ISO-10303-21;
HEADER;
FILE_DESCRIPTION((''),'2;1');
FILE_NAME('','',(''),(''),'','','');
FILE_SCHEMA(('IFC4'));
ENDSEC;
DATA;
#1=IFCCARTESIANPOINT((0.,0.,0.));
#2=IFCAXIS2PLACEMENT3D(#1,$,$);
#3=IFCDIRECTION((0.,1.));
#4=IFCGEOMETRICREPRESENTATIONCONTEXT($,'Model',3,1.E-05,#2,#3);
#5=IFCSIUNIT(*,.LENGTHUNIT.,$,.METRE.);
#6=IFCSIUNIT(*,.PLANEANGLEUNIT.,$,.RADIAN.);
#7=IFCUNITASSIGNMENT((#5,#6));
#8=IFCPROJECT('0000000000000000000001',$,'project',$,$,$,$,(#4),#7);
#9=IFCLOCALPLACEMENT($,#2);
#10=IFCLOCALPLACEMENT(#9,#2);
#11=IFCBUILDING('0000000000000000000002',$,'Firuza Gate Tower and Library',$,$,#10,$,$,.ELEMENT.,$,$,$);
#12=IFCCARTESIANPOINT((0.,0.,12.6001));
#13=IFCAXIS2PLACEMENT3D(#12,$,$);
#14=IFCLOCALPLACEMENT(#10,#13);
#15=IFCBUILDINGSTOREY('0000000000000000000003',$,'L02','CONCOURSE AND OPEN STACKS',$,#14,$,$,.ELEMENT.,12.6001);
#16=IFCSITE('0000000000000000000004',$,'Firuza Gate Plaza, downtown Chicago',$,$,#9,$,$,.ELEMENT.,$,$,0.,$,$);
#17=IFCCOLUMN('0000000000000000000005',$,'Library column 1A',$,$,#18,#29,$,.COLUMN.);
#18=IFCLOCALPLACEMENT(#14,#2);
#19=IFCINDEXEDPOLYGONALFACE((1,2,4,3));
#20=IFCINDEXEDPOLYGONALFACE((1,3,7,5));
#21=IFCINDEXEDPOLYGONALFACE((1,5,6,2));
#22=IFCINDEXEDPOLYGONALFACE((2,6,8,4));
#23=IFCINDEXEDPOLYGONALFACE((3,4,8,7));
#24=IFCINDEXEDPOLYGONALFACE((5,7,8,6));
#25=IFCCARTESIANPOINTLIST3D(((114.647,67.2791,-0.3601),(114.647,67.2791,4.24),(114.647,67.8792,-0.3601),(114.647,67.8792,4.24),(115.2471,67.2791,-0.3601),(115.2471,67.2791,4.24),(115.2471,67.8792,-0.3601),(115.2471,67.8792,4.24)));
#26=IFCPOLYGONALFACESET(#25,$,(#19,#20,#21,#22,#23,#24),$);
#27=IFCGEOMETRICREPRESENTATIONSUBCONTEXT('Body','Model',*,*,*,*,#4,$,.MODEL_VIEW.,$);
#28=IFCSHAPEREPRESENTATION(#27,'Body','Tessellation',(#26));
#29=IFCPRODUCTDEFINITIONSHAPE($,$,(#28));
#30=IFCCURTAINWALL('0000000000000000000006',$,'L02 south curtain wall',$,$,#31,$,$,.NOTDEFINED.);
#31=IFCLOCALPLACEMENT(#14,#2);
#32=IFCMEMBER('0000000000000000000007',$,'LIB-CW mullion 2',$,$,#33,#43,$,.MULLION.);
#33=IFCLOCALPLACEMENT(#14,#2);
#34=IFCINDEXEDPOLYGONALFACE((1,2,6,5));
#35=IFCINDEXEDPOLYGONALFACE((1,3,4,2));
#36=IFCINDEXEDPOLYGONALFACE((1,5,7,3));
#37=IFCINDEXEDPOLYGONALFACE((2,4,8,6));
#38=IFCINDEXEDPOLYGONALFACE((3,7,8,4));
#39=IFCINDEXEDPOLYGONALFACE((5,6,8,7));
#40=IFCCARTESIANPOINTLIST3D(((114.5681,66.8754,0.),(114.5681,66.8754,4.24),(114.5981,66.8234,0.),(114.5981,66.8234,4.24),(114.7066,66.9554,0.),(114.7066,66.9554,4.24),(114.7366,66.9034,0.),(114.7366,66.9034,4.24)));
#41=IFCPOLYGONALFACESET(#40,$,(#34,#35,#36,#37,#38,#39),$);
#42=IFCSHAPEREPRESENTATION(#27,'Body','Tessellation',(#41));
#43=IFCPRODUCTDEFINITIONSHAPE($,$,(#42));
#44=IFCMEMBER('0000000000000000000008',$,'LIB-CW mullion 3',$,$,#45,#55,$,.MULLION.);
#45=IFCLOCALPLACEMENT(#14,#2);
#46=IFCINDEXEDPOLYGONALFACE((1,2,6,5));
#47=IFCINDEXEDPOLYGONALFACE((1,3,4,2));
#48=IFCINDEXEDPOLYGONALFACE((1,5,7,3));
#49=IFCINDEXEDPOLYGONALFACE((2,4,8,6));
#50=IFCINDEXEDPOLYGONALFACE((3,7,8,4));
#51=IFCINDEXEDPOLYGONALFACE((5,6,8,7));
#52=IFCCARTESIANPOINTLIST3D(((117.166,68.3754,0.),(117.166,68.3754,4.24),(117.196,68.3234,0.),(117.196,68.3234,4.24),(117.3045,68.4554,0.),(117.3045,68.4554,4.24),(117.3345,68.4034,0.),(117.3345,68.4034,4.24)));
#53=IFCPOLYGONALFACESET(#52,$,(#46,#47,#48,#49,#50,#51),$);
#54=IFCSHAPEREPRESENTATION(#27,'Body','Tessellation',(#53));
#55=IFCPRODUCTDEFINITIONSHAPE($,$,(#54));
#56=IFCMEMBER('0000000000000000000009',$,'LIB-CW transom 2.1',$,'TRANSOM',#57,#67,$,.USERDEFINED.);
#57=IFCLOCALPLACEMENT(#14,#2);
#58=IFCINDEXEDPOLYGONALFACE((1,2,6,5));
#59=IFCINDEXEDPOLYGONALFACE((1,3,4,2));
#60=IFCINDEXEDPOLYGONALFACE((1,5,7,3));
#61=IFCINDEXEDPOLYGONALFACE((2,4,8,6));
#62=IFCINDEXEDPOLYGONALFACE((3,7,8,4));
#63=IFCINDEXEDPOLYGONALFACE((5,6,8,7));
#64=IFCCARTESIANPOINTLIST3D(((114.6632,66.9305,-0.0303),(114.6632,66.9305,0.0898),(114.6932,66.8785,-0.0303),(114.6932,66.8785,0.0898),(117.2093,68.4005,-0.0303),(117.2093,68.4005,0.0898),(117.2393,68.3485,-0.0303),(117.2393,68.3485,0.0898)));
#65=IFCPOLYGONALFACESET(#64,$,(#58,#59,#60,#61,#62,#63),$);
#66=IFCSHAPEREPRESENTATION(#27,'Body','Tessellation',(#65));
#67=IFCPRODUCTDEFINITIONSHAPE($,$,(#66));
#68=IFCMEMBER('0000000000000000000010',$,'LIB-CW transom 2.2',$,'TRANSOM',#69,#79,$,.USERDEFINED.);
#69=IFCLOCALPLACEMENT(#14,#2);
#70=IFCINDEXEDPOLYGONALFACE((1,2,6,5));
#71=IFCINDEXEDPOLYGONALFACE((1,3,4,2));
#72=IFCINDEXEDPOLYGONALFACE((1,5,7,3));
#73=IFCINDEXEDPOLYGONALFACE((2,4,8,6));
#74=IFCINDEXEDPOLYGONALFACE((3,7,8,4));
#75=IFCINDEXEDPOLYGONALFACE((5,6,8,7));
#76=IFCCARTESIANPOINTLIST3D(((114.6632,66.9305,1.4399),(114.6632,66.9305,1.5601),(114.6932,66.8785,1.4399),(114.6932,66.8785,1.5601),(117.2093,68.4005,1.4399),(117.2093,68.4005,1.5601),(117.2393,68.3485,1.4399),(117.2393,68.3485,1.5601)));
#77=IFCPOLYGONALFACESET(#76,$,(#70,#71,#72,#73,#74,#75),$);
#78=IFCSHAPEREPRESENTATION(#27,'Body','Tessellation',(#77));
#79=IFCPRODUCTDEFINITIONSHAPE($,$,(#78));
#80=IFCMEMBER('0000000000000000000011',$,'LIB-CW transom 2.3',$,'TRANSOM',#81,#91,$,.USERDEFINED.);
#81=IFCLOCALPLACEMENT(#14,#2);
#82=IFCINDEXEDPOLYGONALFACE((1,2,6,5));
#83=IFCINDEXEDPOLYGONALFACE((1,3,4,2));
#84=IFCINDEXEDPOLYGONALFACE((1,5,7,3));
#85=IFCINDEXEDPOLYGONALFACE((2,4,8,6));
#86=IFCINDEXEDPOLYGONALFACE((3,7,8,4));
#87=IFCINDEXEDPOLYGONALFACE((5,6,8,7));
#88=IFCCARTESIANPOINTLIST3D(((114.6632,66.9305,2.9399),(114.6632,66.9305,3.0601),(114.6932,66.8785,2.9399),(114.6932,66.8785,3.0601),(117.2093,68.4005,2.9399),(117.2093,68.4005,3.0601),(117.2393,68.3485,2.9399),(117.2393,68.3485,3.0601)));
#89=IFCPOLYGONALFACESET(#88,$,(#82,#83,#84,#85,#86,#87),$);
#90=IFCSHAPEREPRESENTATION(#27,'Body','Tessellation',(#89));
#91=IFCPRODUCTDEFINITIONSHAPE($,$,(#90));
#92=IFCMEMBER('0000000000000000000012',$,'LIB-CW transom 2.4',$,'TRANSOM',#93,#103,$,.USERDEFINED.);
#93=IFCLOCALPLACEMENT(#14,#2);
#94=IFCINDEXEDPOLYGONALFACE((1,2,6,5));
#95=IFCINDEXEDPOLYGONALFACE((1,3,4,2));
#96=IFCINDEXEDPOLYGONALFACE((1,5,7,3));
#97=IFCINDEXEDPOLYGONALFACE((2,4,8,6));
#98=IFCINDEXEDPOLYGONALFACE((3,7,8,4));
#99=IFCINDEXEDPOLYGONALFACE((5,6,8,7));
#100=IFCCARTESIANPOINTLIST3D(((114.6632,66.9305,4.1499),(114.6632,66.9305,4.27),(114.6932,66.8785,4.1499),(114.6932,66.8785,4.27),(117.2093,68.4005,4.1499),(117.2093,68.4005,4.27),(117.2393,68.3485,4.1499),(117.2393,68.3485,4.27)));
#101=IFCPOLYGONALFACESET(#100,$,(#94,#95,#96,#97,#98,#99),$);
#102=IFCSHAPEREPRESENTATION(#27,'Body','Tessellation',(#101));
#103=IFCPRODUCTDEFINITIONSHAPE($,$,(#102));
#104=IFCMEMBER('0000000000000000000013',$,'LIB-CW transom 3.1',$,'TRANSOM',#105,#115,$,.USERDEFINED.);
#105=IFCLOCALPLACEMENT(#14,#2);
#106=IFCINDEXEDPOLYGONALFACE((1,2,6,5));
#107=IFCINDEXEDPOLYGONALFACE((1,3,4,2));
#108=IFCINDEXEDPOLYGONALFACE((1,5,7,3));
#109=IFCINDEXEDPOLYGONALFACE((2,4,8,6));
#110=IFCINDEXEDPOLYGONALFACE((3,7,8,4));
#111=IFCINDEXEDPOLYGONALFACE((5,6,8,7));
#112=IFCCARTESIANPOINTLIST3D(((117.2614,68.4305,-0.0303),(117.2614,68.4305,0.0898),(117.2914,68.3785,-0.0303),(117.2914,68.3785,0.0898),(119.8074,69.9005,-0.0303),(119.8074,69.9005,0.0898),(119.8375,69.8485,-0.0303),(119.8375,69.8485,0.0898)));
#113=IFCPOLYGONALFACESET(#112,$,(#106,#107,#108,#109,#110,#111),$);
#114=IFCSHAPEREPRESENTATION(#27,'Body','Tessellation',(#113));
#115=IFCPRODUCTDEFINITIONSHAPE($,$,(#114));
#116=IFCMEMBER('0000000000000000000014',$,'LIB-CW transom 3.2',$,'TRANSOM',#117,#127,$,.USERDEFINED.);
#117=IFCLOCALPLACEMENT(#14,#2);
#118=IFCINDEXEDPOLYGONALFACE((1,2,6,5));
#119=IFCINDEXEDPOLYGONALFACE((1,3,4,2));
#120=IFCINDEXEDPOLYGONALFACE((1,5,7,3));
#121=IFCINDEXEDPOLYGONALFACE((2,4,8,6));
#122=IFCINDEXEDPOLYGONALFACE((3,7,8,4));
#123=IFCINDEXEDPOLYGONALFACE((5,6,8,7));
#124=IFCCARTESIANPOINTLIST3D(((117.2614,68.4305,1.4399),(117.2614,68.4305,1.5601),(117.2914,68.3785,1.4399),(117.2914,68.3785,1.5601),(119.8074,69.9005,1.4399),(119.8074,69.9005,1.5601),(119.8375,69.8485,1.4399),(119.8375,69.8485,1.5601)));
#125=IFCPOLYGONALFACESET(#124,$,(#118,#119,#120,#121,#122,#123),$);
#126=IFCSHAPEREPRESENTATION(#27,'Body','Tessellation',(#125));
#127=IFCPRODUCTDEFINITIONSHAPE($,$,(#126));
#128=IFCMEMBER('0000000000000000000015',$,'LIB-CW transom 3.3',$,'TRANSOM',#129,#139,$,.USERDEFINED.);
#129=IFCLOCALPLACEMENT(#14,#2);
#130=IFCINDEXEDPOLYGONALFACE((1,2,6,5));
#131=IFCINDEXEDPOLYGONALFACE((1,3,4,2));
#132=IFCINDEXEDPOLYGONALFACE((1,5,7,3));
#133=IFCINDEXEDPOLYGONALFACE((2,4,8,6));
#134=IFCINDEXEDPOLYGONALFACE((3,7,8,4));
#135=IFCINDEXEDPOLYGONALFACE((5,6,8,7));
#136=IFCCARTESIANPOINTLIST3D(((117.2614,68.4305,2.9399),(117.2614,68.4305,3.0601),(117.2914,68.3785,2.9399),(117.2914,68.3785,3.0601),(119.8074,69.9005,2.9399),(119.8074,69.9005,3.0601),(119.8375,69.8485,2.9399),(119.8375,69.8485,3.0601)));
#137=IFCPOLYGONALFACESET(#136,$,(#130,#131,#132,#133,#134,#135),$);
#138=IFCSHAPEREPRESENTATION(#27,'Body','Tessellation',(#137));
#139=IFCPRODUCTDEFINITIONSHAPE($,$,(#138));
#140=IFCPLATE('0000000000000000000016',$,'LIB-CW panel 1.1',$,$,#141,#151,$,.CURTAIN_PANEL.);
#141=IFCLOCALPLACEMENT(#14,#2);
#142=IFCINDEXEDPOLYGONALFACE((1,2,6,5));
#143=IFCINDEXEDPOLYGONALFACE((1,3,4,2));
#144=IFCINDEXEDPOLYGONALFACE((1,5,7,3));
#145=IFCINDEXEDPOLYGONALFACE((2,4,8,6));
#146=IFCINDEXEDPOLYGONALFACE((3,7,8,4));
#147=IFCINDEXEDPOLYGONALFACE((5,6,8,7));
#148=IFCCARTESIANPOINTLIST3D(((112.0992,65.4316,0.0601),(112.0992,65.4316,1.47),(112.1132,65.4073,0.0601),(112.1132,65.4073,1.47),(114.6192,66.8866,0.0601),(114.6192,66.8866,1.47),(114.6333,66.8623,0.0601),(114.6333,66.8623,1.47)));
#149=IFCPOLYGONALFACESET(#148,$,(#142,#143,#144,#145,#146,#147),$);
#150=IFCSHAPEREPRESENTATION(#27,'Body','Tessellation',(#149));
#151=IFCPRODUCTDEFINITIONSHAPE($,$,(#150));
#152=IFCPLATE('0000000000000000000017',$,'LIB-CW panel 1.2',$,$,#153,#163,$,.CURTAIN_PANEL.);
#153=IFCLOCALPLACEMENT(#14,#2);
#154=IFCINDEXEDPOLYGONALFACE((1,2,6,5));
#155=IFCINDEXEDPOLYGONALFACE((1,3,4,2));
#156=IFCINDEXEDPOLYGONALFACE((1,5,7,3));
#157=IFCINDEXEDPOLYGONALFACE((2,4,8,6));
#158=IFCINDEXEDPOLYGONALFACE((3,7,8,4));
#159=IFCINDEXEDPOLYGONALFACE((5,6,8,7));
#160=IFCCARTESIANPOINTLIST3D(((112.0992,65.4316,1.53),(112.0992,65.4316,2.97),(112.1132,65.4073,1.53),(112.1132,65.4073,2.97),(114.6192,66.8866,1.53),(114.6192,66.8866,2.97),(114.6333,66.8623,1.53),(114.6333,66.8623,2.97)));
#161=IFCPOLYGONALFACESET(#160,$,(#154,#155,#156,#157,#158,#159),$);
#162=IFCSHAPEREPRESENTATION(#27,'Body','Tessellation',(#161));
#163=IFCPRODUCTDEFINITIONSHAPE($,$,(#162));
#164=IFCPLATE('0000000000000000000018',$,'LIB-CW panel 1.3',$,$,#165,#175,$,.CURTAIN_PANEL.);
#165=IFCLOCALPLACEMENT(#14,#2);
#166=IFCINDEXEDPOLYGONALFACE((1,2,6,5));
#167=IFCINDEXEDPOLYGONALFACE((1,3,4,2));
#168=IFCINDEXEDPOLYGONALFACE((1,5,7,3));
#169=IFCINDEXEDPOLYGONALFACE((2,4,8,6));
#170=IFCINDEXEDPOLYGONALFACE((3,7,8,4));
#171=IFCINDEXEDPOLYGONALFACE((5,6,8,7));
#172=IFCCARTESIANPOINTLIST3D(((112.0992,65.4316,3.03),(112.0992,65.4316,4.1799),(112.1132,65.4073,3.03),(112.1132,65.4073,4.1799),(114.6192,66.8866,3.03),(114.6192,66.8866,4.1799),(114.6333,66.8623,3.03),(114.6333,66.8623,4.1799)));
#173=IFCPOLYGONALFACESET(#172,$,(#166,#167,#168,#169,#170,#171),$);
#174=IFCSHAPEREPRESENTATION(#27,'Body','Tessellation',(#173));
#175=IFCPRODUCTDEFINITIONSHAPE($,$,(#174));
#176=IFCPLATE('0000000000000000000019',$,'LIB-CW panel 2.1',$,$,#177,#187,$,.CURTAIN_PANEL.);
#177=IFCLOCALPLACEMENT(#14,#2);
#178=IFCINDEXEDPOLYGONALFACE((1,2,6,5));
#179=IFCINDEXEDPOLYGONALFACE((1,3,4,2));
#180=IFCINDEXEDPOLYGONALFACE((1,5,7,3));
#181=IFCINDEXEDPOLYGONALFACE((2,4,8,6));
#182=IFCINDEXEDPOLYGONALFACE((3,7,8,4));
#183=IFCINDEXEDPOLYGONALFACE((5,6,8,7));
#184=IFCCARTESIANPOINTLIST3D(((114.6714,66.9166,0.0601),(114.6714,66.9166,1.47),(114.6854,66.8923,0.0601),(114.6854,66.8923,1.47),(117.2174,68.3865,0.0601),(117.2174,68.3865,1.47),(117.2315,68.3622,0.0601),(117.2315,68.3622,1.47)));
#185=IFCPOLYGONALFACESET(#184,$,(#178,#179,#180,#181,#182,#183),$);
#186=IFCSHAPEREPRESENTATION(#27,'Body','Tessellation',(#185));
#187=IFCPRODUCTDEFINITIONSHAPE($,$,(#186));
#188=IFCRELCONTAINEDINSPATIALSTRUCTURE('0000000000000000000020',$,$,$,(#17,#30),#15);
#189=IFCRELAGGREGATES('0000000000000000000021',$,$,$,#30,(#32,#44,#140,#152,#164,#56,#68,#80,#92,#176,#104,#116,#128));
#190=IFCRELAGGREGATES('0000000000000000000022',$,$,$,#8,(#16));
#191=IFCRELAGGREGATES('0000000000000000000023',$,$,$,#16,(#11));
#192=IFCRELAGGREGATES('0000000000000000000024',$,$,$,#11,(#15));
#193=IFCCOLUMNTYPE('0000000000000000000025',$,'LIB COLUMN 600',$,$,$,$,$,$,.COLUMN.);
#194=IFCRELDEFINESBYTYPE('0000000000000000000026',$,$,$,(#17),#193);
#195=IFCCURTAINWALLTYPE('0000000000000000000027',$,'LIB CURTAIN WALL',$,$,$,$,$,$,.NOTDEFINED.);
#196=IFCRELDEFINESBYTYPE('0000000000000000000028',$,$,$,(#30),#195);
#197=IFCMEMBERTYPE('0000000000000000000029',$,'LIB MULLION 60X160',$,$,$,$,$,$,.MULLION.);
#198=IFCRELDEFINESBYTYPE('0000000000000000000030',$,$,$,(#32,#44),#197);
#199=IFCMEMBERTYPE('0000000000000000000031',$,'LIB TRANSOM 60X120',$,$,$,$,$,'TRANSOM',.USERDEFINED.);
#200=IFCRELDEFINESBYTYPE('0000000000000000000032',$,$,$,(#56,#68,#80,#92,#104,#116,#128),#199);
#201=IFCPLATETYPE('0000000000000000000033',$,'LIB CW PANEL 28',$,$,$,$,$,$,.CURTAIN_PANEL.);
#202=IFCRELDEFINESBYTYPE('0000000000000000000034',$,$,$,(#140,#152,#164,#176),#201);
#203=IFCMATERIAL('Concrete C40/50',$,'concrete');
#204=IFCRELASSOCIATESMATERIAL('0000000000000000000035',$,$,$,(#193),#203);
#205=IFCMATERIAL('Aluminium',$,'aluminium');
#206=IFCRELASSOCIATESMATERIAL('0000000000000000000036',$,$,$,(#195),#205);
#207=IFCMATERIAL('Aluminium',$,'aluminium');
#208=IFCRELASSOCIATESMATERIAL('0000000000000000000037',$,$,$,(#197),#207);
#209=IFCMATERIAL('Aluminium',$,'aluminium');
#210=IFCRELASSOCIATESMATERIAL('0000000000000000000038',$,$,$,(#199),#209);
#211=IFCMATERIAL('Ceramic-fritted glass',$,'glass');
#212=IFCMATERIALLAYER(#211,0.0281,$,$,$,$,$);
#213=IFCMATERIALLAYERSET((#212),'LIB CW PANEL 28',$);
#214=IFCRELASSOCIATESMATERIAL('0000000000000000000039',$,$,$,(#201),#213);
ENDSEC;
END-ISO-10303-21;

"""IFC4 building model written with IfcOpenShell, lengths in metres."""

from ifc_helpers import new_model, si_unit, direction, frame, origin, origin_2d, place, context, subcontext, project, spatial, rectangle, extrude, material, layer, layer_set, material_profile, profile_set, type_object, element, aggregate, save


model = new_model("IFC4")

# Units and contexts
model_context = context("Model", 3, precision=1e-05, world=origin(), true_north=direction((0.0, 1.0)))
body_context = subcontext(model_context, "Body", "Model", "MODEL_VIEW")
ifc_project = project(units=[si_unit("LENGTHUNIT", "METRE"), si_unit("PLANEANGLEUNIT", "RADIAN")], contexts=[model_context])

# Site, building, storey
site_placement = place(None, origin())
site = spatial("IfcSite", under=ifc_project, at=site_placement, Name="Firuza Gate Plaza, downtown Chicago", CompositionType="ELEMENT", RefElevation=0.0)
building_placement = place(site_placement, origin())
building = spatial("IfcBuilding", under=site, at=building_placement, Name="Firuza Gate Tower and Library", CompositionType="ELEMENT")
storey_placement = place(building_placement, frame((0.0, 0.0, 12.6001)))
storey = spatial("IfcBuildingStorey", under=building, at=storey_placement, Name="L02", Description="CONCOURSE AND OPEN STACKS", CompositionType="ELEMENT", Elevation=12.6001)

# Column
ifc_material_1 = material(Name="Concrete C40/50", Category="concrete")
ifc_material_profile_1 = material_profile(ifc_material_1, rectangle(XDim=0.6001, YDim=0.6001, at=origin_2d()))
ifc_profile_set_1 = profile_set([ifc_material_profile_1], Name="Concrete C40/50")
column_type = type_object("IfcColumnType", Name="LIB COLUMN 600", PredefinedType="COLUMN", material=ifc_profile_set_1)
column_placement = place(storey_placement, frame((114.947, 67.5791, -0.3601), z_axis=(0.0, 0.0, 1.0), x_axis=(1.0, 0.0, 0.0)))
element("IfcColumn", 1, at=column_placement, inside=storey, type_object=column_type, Name="Library column 1A", PredefinedType="COLUMN", context=body_context, shape_type="SweptSolid", body=[
    extrude(rectangle(XDim=0.6001, YDim=0.6001, at=origin_2d()), origin(), (0.0, 0.0, 1.0), 4.6001),
])

# Curtain wall, members, plates
ifc_material_2 = material(Name="Aluminium", Category="aluminium")
curtain_wall_type = type_object("IfcCurtainWallType", Name="LIB CURTAIN WALL", PredefinedType="NOTDEFINED", material=ifc_material_2)
curtain_wall_placement = place(storey_placement, origin())
curtain_wall = element("IfcCurtainWall", 2, at=curtain_wall_placement, inside=storey, type_object=curtain_wall_type, Name="L02 south curtain wall", PredefinedType="NOTDEFINED")
ifc_material_3 = material(Name="Aluminium", Category="aluminium")
ifc_material_profile_2 = material_profile(ifc_material_3, rectangle(XDim=0.0601, YDim=0.1599, at=origin_2d()))
ifc_profile_set_2 = profile_set([ifc_material_profile_2], Name="Aluminium")
member_type_1 = type_object("IfcMemberType", Name="LIB MULLION 60X160", PredefinedType="MULLION", material=ifc_profile_set_2)
member_1_placement = place(storey_placement, frame((114.6523, 66.8894, 0.0), z_axis=(0.0, 0.0, 1.0), x_axis=(-0.500001, 0.866025, 0.0)))
member_1 = element("IfcMember", 3, at=member_1_placement, type_object=member_type_1, Name="LIB-CW mullion 2", PredefinedType="MULLION", context=body_context, shape_type="SweptSolid", body=[
    extrude(rectangle(XDim=0.0601, YDim=0.1599, at=origin_2d()), origin(), (0.0, 0.0, 1.0), 4.24),
])
member_2_placement = place(storey_placement, frame((117.2502, 68.3894, 0.0), z_axis=(0.0, 0.0, 1.0), x_axis=(-0.500001, 0.866025, 0.0)))
member_2 = element("IfcMember", 4, at=member_2_placement, type_object=member_type_1, Name="LIB-CW mullion 3", PredefinedType="MULLION", context=body_context, shape_type="SweptSolid", body=[
    extrude(rectangle(XDim=0.0601, YDim=0.1599, at=origin_2d()), origin(), (0.0, 0.0, 1.0), 4.24),
])
ifc_material_4 = material(Name="Aluminium", Category="aluminium")
ifc_material_profile_3 = material_profile(ifc_material_4, rectangle(XDim=0.0601, YDim=0.1201, at=origin_2d()))
ifc_profile_set_3 = profile_set([ifc_material_profile_3], Name="Aluminium")
member_type_2 = type_object("IfcMemberType", Name="LIB TRANSOM 60X120", ElementType="TRANSOM", PredefinedType="USERDEFINED", material=ifc_profile_set_3)
member_3_placement = place(storey_placement, frame((114.6782, 66.9045, 0.0298), z_axis=(0.866032, 0.499988, 0.0), x_axis=(-0.499988, 0.866032, 0.0)))
member_3 = element("IfcMember", 5, at=member_3_placement, type_object=member_type_2, Name="LIB-CW transom 2.1", ObjectType="TRANSOM", PredefinedType="USERDEFINED", context=body_context, shape_type="SweptSolid", body=[
    extrude(rectangle(XDim=0.0601, YDim=0.1201, at=origin_2d()), origin(), (0.0, 0.0, 1.0), 2.9399),
])
member_4_placement = place(storey_placement, frame((114.6782, 66.9045, 1.5), z_axis=(0.866032, 0.499988, 0.0), x_axis=(-0.499988, 0.866032, 0.0)))
member_4 = element("IfcMember", 6, at=member_4_placement, type_object=member_type_2, Name="LIB-CW transom 2.2", ObjectType="TRANSOM", PredefinedType="USERDEFINED", context=body_context, shape_type="SweptSolid", body=[
    extrude(rectangle(XDim=0.0601, YDim=0.1201, at=origin_2d()), origin(), (0.0, 0.0, 1.0), 2.9399),
])
member_5_placement = place(storey_placement, frame((114.6782, 66.9045, 3.0), z_axis=(0.866032, 0.499988, 0.0), x_axis=(-0.499988, 0.866032, 0.0)))
member_5 = element("IfcMember", 7, at=member_5_placement, type_object=member_type_2, Name="LIB-CW transom 2.3", ObjectType="TRANSOM", PredefinedType="USERDEFINED", context=body_context, shape_type="SweptSolid", body=[
    extrude(rectangle(XDim=0.0601, YDim=0.1201, at=origin_2d()), origin(), (0.0, 0.0, 1.0), 2.9399),
])
member_6_placement = place(storey_placement, frame((114.6782, 66.9045, 4.21), z_axis=(0.866032, 0.499988, 0.0), x_axis=(-0.499988, 0.866032, 0.0)))
member_6 = element("IfcMember", 8, at=member_6_placement, type_object=member_type_2, Name="LIB-CW transom 2.4", ObjectType="TRANSOM", PredefinedType="USERDEFINED", context=body_context, shape_type="SweptSolid", body=[
    extrude(rectangle(XDim=0.0601, YDim=0.1201, at=origin_2d()), origin(), (0.0, 0.0, 1.0), 2.9399),
])
member_7_placement = place(storey_placement, frame((117.2764, 68.4045, 0.0298), z_axis=(0.866032, 0.499988, 0.0), x_axis=(-0.499988, 0.866032, 0.0)))
member_7 = element("IfcMember", 9, at=member_7_placement, type_object=member_type_2, Name="LIB-CW transom 3.1", ObjectType="TRANSOM", PredefinedType="USERDEFINED", context=body_context, shape_type="SweptSolid", body=[
    extrude(rectangle(XDim=0.0601, YDim=0.1201, at=origin_2d()), origin(), (0.0, 0.0, 1.0), 2.9399),
])
member_8_placement = place(storey_placement, frame((117.2764, 68.4045, 1.5), z_axis=(0.866032, 0.499988, 0.0), x_axis=(-0.499988, 0.866032, 0.0)))
member_8 = element("IfcMember", 10, at=member_8_placement, type_object=member_type_2, Name="LIB-CW transom 3.2", ObjectType="TRANSOM", PredefinedType="USERDEFINED", context=body_context, shape_type="SweptSolid", body=[
    extrude(rectangle(XDim=0.0601, YDim=0.1201, at=origin_2d()), origin(), (0.0, 0.0, 1.0), 2.9399),
])
member_9_placement = place(storey_placement, frame((117.2764, 68.4045, 3.0), z_axis=(0.866032, 0.499988, 0.0), x_axis=(-0.499988, 0.866032, 0.0)))
member_9 = element("IfcMember", 11, at=member_9_placement, type_object=member_type_2, Name="LIB-CW transom 3.3", ObjectType="TRANSOM", PredefinedType="USERDEFINED", context=body_context, shape_type="SweptSolid", body=[
    extrude(rectangle(XDim=0.0601, YDim=0.1201, at=origin_2d()), origin(), (0.0, 0.0, 1.0), 2.9399),
])
ifc_material_5 = material(Name="Ceramic-fritted glass", Category="glass")
ifc_layer_1 = layer(ifc_material_5, 0.0281)
ifc_layer_set_1 = layer_set([ifc_layer_1], Name="LIB CW PANEL 28")
plate_type = type_object("IfcPlateType", Name="LIB CW PANEL 28", PredefinedType="CURTAIN_PANEL", material=ifc_layer_set_1)
plate_1_placement = place(storey_placement, frame((113.3662, 66.147, 0.0601), z_axis=(0.0, 0.0, 1.0), x_axis=(0.866025, 0.500001, 0.0)))
plate_1 = element("IfcPlate", 12, at=plate_1_placement, type_object=plate_type, Name="LIB-CW panel 1.1", PredefinedType="CURTAIN_PANEL", context=body_context, shape_type="SweptSolid", body=[
    extrude(rectangle(XDim=2.9099, YDim=0.0281, at=origin_2d()), origin(), (0.0, 0.0, 1.0), 1.4099),
])
plate_2_placement = place(storey_placement, frame((113.3662, 66.147, 1.53), z_axis=(0.0, 0.0, 1.0), x_axis=(0.866025, 0.500001, 0.0)))
plate_2 = element("IfcPlate", 13, at=plate_2_placement, type_object=plate_type, Name="LIB-CW panel 1.2", PredefinedType="CURTAIN_PANEL", context=body_context, shape_type="SweptSolid", body=[
    extrude(rectangle(XDim=2.9099, YDim=0.0281, at=origin_2d()), origin(), (0.0, 0.0, 1.0), 1.4399),
])
plate_3_placement = place(storey_placement, frame((113.3662, 66.147, 3.03), z_axis=(0.0, 0.0, 1.0), x_axis=(0.866025, 0.500001, 0.0)))
plate_3 = element("IfcPlate", 14, at=plate_3_placement, type_object=plate_type, Name="LIB-CW panel 1.3", PredefinedType="CURTAIN_PANEL", context=body_context, shape_type="SweptSolid", body=[
    extrude(rectangle(XDim=2.9099, YDim=0.0281, at=origin_2d()), origin(), (0.0, 0.0, 1.0), 1.1499),
])
plate_4_placement = place(storey_placement, frame((115.9514, 67.6394, 0.0601), z_axis=(0.0, 0.0, 1.0), x_axis=(0.866025, 0.500001, 0.0)))
plate_4 = element("IfcPlate", 15, at=plate_4_placement, type_object=plate_type, Name="LIB-CW panel 2.1", PredefinedType="CURTAIN_PANEL", context=body_context, shape_type="SweptSolid", body=[
    extrude(rectangle(XDim=2.9399, YDim=0.0281, at=origin_2d()), origin(), (0.0, 0.0, 1.0), 1.4099),
])
aggregate(curtain_wall, [member_1, member_2, plate_1, plate_2, plate_3, member_3, member_4, member_5, member_6, plate_4, member_7, member_8, member_9])

save(model, "model.ifc")
